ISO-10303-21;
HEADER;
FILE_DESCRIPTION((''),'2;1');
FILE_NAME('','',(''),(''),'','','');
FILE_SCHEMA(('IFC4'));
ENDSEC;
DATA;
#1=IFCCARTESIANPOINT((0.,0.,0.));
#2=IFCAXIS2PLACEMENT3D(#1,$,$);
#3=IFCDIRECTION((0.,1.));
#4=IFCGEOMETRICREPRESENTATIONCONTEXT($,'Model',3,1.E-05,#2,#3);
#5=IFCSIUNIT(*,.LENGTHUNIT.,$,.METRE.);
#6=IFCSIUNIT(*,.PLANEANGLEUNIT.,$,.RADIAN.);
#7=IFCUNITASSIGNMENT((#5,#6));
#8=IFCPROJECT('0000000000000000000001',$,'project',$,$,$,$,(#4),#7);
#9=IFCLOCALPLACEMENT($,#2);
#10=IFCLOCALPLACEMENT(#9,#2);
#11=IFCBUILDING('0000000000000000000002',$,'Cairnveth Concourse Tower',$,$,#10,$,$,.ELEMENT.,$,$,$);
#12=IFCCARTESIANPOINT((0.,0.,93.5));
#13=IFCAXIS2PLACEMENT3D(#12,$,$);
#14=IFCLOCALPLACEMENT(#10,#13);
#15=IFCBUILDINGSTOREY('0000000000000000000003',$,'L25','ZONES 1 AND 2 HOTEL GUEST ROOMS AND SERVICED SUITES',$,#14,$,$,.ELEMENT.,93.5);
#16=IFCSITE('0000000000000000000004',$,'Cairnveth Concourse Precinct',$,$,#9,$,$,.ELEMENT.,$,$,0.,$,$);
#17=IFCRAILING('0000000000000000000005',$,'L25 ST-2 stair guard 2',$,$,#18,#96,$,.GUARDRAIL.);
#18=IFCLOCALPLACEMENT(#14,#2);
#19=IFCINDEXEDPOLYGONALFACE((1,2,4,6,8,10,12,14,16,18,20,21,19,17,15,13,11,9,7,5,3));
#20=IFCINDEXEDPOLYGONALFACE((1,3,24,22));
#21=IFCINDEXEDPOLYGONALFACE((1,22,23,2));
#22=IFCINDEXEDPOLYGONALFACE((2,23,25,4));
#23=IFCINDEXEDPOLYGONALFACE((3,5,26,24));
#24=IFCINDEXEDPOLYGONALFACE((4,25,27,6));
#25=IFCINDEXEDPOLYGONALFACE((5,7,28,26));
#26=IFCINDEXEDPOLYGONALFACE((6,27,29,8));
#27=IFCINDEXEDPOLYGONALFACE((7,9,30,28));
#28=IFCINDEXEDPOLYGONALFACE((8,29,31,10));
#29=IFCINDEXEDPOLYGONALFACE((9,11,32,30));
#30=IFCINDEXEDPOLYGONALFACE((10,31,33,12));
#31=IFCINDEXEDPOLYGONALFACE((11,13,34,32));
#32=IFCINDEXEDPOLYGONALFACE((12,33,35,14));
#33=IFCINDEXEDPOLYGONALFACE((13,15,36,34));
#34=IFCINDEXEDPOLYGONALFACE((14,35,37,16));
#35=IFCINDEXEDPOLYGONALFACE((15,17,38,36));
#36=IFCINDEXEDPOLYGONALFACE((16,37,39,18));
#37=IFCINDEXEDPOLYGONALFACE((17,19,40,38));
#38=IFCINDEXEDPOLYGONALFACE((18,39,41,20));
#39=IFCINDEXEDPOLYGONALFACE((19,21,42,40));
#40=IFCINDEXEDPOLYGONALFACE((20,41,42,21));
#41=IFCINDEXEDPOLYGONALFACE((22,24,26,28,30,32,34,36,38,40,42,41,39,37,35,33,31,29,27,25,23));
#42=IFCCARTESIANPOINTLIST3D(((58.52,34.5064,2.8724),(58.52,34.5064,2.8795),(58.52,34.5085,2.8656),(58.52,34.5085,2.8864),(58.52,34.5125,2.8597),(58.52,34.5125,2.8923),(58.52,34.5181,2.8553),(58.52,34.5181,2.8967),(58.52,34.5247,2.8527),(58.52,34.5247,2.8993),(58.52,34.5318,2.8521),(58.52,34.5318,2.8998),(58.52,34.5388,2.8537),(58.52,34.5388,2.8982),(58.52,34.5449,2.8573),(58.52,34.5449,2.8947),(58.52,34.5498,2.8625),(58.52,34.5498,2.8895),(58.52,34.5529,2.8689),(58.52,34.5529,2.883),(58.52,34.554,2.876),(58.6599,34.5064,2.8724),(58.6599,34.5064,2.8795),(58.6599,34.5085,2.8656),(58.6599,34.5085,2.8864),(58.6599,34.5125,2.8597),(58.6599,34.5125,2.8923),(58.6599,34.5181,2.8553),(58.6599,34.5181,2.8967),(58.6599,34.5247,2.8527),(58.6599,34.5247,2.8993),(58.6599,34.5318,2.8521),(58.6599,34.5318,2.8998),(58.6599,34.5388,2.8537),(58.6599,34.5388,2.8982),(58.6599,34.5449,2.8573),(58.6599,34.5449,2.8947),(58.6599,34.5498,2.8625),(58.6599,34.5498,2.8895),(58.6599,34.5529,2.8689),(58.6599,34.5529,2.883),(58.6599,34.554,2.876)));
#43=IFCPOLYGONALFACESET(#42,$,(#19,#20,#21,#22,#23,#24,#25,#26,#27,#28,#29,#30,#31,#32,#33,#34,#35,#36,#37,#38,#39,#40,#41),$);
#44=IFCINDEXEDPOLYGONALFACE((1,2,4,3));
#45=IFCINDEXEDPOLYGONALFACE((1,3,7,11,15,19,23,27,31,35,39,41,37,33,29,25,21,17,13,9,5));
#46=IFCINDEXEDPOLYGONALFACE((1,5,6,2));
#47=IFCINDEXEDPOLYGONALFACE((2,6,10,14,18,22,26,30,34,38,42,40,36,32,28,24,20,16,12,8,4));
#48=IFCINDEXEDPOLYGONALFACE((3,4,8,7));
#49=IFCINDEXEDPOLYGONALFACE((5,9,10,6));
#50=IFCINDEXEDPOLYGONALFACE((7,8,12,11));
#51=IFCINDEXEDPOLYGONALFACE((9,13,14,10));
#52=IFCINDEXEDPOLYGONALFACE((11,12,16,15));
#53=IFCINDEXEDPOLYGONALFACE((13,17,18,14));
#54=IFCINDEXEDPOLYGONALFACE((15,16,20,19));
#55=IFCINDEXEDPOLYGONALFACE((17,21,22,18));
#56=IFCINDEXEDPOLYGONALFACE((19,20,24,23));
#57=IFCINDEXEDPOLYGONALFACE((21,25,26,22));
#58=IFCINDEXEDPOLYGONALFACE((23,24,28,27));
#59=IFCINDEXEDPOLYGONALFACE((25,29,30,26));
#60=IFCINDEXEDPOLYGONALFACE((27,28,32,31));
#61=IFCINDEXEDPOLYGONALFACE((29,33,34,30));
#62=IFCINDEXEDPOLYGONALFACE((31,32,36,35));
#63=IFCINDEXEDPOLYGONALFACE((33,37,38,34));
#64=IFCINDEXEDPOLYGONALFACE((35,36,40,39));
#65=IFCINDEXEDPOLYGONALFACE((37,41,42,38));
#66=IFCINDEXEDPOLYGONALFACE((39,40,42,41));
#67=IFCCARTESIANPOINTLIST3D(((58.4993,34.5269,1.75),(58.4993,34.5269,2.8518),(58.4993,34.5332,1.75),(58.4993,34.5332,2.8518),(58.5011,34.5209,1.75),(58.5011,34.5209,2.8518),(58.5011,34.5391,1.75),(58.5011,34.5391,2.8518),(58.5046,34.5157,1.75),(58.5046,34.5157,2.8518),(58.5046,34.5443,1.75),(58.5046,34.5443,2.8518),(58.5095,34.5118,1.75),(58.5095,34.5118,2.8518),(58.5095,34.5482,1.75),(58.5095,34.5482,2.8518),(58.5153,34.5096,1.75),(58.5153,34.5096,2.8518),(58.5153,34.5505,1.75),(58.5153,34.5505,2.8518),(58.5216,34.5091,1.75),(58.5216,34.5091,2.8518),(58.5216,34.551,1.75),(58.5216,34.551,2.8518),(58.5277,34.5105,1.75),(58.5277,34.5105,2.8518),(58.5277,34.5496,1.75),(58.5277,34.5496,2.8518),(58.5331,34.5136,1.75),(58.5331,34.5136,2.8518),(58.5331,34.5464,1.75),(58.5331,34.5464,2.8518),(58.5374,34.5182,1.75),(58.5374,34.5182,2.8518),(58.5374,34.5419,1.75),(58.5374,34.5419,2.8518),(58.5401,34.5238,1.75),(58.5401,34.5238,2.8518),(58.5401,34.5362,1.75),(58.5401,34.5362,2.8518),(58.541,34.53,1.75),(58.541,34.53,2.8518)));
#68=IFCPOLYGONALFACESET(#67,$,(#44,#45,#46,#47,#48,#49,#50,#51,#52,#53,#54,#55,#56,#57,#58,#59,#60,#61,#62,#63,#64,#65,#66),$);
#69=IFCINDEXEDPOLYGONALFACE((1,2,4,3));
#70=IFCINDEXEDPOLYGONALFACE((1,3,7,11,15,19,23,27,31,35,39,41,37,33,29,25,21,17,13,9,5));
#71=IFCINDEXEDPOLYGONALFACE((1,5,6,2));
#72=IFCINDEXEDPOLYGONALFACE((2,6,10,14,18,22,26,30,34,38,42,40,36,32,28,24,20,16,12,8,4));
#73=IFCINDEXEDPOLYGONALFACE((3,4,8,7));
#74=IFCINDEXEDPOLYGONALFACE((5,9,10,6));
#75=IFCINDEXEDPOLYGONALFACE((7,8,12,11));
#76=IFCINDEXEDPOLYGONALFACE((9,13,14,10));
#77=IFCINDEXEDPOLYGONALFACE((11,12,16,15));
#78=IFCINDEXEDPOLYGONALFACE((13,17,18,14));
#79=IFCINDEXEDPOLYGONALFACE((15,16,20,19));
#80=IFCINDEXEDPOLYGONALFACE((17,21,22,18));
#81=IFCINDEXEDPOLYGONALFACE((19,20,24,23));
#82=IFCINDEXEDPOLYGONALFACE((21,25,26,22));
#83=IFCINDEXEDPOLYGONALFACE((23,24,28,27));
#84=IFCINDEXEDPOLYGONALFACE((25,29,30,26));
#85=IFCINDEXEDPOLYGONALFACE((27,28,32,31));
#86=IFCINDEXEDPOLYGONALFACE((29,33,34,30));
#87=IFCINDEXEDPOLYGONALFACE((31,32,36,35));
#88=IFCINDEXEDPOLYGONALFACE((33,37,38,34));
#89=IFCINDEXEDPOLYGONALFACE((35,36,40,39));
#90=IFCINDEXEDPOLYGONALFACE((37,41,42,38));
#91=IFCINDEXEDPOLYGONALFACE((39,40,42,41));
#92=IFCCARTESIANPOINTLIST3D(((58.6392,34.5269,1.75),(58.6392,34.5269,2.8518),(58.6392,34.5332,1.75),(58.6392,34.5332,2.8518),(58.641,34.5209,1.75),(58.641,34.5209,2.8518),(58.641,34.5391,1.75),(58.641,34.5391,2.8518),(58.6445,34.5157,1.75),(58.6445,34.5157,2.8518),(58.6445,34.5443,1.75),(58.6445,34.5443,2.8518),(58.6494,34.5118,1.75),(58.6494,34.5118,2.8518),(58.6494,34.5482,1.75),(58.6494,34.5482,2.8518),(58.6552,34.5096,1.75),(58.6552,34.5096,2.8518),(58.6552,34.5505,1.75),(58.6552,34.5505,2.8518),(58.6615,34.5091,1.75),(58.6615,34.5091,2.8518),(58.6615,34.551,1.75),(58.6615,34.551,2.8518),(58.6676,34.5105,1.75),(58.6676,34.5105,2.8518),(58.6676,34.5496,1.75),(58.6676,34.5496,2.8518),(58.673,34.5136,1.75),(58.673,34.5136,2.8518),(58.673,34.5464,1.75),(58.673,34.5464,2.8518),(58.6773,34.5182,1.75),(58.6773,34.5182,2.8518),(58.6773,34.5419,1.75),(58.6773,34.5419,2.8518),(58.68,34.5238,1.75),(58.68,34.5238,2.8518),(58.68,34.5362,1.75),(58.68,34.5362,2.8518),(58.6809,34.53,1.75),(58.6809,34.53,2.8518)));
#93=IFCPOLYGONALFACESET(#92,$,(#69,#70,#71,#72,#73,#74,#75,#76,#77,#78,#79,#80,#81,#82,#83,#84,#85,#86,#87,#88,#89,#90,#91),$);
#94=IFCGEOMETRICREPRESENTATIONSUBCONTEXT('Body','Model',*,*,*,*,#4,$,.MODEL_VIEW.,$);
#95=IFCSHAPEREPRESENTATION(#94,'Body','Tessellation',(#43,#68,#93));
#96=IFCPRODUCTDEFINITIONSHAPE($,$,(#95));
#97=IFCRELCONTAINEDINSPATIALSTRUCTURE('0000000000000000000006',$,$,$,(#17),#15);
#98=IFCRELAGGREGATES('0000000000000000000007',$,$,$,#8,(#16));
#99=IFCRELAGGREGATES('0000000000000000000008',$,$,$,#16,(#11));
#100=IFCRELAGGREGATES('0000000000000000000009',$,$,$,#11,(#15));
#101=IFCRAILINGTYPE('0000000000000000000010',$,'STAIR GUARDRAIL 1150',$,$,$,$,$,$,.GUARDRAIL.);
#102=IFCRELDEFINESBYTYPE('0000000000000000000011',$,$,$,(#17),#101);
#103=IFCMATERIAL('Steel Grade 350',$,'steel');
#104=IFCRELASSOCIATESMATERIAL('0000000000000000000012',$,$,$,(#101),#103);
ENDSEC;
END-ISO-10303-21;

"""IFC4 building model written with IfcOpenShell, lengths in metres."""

from ifc_helpers import new_model, si_unit, direction, frame, origin, origin_2d, place, context, subcontext, project, spatial, circle, extrude, material, type_object, element, save


model = new_model("IFC4")

# Units and contexts
model_context = context("Model", 3, precision=1e-05, world=origin(), true_north=direction((0.0, 1.0)))
body_context = subcontext(model_context, "Body", "Model", "MODEL_VIEW")
ifc_project = project(units=[si_unit("LENGTHUNIT", "METRE"), si_unit("PLANEANGLEUNIT", "RADIAN")], contexts=[model_context])

# Site, building, storey
site_placement = place(None, origin())
site = spatial("IfcSite", under=ifc_project, at=site_placement, Name="Cairnveth Concourse Precinct", CompositionType="ELEMENT", RefElevation=0.0)
building_placement = place(site_placement, origin())
building = spatial("IfcBuilding", under=site, at=building_placement, Name="Cairnveth Concourse Tower", CompositionType="ELEMENT")
storey_placement = place(building_placement, frame((0.0, 0.0, 93.5)))
storey = spatial("IfcBuildingStorey", under=building, at=storey_placement, Name="L25", Description="ZONES 1 AND 2 HOTEL GUEST ROOMS AND SERVICED SUITES", CompositionType="ELEMENT", Elevation=93.5)

# Shared definitions
ifc_material_1 = material(Name="Steel Grade 350", Category="steel")

# Railing
railing_type_1 = type_object("IfcRailingType", Name="STAIR GUARDRAIL 1150", PredefinedType="GUARDRAIL", material=ifc_material_1)
railing_1_placement = place(storey_placement, frame((58.52, 34.53, 1.75)))
element("IfcRailing", 1, at=railing_1_placement, inside=storey, type_object=railing_type_1, Name="L25 ST-2 stair guard 2", PredefinedType="GUARDRAIL", context=body_context, shape_type="SweptSolid", body=[
    extrude(circle(Radius=0.0239, at=origin_2d()), frame((0.0, 0.0, 1.126), z_axis=(1.0, 0.0, 0.0), x_axis=(0.0, 1.0, 0.0)), (0.0, 0.0, 1.0), 0.1399),
    extrude(circle(Radius=0.021, at=origin_2d()), origin(), (0.0, 0.0, 1.0), 1.1018),
    extrude(circle(Radius=0.021, at=origin_2d()), frame((0.1399, 0.0, 0.0)), (0.0, 0.0, 1.0), 1.1018),
])

save(model, "model.ifc")
